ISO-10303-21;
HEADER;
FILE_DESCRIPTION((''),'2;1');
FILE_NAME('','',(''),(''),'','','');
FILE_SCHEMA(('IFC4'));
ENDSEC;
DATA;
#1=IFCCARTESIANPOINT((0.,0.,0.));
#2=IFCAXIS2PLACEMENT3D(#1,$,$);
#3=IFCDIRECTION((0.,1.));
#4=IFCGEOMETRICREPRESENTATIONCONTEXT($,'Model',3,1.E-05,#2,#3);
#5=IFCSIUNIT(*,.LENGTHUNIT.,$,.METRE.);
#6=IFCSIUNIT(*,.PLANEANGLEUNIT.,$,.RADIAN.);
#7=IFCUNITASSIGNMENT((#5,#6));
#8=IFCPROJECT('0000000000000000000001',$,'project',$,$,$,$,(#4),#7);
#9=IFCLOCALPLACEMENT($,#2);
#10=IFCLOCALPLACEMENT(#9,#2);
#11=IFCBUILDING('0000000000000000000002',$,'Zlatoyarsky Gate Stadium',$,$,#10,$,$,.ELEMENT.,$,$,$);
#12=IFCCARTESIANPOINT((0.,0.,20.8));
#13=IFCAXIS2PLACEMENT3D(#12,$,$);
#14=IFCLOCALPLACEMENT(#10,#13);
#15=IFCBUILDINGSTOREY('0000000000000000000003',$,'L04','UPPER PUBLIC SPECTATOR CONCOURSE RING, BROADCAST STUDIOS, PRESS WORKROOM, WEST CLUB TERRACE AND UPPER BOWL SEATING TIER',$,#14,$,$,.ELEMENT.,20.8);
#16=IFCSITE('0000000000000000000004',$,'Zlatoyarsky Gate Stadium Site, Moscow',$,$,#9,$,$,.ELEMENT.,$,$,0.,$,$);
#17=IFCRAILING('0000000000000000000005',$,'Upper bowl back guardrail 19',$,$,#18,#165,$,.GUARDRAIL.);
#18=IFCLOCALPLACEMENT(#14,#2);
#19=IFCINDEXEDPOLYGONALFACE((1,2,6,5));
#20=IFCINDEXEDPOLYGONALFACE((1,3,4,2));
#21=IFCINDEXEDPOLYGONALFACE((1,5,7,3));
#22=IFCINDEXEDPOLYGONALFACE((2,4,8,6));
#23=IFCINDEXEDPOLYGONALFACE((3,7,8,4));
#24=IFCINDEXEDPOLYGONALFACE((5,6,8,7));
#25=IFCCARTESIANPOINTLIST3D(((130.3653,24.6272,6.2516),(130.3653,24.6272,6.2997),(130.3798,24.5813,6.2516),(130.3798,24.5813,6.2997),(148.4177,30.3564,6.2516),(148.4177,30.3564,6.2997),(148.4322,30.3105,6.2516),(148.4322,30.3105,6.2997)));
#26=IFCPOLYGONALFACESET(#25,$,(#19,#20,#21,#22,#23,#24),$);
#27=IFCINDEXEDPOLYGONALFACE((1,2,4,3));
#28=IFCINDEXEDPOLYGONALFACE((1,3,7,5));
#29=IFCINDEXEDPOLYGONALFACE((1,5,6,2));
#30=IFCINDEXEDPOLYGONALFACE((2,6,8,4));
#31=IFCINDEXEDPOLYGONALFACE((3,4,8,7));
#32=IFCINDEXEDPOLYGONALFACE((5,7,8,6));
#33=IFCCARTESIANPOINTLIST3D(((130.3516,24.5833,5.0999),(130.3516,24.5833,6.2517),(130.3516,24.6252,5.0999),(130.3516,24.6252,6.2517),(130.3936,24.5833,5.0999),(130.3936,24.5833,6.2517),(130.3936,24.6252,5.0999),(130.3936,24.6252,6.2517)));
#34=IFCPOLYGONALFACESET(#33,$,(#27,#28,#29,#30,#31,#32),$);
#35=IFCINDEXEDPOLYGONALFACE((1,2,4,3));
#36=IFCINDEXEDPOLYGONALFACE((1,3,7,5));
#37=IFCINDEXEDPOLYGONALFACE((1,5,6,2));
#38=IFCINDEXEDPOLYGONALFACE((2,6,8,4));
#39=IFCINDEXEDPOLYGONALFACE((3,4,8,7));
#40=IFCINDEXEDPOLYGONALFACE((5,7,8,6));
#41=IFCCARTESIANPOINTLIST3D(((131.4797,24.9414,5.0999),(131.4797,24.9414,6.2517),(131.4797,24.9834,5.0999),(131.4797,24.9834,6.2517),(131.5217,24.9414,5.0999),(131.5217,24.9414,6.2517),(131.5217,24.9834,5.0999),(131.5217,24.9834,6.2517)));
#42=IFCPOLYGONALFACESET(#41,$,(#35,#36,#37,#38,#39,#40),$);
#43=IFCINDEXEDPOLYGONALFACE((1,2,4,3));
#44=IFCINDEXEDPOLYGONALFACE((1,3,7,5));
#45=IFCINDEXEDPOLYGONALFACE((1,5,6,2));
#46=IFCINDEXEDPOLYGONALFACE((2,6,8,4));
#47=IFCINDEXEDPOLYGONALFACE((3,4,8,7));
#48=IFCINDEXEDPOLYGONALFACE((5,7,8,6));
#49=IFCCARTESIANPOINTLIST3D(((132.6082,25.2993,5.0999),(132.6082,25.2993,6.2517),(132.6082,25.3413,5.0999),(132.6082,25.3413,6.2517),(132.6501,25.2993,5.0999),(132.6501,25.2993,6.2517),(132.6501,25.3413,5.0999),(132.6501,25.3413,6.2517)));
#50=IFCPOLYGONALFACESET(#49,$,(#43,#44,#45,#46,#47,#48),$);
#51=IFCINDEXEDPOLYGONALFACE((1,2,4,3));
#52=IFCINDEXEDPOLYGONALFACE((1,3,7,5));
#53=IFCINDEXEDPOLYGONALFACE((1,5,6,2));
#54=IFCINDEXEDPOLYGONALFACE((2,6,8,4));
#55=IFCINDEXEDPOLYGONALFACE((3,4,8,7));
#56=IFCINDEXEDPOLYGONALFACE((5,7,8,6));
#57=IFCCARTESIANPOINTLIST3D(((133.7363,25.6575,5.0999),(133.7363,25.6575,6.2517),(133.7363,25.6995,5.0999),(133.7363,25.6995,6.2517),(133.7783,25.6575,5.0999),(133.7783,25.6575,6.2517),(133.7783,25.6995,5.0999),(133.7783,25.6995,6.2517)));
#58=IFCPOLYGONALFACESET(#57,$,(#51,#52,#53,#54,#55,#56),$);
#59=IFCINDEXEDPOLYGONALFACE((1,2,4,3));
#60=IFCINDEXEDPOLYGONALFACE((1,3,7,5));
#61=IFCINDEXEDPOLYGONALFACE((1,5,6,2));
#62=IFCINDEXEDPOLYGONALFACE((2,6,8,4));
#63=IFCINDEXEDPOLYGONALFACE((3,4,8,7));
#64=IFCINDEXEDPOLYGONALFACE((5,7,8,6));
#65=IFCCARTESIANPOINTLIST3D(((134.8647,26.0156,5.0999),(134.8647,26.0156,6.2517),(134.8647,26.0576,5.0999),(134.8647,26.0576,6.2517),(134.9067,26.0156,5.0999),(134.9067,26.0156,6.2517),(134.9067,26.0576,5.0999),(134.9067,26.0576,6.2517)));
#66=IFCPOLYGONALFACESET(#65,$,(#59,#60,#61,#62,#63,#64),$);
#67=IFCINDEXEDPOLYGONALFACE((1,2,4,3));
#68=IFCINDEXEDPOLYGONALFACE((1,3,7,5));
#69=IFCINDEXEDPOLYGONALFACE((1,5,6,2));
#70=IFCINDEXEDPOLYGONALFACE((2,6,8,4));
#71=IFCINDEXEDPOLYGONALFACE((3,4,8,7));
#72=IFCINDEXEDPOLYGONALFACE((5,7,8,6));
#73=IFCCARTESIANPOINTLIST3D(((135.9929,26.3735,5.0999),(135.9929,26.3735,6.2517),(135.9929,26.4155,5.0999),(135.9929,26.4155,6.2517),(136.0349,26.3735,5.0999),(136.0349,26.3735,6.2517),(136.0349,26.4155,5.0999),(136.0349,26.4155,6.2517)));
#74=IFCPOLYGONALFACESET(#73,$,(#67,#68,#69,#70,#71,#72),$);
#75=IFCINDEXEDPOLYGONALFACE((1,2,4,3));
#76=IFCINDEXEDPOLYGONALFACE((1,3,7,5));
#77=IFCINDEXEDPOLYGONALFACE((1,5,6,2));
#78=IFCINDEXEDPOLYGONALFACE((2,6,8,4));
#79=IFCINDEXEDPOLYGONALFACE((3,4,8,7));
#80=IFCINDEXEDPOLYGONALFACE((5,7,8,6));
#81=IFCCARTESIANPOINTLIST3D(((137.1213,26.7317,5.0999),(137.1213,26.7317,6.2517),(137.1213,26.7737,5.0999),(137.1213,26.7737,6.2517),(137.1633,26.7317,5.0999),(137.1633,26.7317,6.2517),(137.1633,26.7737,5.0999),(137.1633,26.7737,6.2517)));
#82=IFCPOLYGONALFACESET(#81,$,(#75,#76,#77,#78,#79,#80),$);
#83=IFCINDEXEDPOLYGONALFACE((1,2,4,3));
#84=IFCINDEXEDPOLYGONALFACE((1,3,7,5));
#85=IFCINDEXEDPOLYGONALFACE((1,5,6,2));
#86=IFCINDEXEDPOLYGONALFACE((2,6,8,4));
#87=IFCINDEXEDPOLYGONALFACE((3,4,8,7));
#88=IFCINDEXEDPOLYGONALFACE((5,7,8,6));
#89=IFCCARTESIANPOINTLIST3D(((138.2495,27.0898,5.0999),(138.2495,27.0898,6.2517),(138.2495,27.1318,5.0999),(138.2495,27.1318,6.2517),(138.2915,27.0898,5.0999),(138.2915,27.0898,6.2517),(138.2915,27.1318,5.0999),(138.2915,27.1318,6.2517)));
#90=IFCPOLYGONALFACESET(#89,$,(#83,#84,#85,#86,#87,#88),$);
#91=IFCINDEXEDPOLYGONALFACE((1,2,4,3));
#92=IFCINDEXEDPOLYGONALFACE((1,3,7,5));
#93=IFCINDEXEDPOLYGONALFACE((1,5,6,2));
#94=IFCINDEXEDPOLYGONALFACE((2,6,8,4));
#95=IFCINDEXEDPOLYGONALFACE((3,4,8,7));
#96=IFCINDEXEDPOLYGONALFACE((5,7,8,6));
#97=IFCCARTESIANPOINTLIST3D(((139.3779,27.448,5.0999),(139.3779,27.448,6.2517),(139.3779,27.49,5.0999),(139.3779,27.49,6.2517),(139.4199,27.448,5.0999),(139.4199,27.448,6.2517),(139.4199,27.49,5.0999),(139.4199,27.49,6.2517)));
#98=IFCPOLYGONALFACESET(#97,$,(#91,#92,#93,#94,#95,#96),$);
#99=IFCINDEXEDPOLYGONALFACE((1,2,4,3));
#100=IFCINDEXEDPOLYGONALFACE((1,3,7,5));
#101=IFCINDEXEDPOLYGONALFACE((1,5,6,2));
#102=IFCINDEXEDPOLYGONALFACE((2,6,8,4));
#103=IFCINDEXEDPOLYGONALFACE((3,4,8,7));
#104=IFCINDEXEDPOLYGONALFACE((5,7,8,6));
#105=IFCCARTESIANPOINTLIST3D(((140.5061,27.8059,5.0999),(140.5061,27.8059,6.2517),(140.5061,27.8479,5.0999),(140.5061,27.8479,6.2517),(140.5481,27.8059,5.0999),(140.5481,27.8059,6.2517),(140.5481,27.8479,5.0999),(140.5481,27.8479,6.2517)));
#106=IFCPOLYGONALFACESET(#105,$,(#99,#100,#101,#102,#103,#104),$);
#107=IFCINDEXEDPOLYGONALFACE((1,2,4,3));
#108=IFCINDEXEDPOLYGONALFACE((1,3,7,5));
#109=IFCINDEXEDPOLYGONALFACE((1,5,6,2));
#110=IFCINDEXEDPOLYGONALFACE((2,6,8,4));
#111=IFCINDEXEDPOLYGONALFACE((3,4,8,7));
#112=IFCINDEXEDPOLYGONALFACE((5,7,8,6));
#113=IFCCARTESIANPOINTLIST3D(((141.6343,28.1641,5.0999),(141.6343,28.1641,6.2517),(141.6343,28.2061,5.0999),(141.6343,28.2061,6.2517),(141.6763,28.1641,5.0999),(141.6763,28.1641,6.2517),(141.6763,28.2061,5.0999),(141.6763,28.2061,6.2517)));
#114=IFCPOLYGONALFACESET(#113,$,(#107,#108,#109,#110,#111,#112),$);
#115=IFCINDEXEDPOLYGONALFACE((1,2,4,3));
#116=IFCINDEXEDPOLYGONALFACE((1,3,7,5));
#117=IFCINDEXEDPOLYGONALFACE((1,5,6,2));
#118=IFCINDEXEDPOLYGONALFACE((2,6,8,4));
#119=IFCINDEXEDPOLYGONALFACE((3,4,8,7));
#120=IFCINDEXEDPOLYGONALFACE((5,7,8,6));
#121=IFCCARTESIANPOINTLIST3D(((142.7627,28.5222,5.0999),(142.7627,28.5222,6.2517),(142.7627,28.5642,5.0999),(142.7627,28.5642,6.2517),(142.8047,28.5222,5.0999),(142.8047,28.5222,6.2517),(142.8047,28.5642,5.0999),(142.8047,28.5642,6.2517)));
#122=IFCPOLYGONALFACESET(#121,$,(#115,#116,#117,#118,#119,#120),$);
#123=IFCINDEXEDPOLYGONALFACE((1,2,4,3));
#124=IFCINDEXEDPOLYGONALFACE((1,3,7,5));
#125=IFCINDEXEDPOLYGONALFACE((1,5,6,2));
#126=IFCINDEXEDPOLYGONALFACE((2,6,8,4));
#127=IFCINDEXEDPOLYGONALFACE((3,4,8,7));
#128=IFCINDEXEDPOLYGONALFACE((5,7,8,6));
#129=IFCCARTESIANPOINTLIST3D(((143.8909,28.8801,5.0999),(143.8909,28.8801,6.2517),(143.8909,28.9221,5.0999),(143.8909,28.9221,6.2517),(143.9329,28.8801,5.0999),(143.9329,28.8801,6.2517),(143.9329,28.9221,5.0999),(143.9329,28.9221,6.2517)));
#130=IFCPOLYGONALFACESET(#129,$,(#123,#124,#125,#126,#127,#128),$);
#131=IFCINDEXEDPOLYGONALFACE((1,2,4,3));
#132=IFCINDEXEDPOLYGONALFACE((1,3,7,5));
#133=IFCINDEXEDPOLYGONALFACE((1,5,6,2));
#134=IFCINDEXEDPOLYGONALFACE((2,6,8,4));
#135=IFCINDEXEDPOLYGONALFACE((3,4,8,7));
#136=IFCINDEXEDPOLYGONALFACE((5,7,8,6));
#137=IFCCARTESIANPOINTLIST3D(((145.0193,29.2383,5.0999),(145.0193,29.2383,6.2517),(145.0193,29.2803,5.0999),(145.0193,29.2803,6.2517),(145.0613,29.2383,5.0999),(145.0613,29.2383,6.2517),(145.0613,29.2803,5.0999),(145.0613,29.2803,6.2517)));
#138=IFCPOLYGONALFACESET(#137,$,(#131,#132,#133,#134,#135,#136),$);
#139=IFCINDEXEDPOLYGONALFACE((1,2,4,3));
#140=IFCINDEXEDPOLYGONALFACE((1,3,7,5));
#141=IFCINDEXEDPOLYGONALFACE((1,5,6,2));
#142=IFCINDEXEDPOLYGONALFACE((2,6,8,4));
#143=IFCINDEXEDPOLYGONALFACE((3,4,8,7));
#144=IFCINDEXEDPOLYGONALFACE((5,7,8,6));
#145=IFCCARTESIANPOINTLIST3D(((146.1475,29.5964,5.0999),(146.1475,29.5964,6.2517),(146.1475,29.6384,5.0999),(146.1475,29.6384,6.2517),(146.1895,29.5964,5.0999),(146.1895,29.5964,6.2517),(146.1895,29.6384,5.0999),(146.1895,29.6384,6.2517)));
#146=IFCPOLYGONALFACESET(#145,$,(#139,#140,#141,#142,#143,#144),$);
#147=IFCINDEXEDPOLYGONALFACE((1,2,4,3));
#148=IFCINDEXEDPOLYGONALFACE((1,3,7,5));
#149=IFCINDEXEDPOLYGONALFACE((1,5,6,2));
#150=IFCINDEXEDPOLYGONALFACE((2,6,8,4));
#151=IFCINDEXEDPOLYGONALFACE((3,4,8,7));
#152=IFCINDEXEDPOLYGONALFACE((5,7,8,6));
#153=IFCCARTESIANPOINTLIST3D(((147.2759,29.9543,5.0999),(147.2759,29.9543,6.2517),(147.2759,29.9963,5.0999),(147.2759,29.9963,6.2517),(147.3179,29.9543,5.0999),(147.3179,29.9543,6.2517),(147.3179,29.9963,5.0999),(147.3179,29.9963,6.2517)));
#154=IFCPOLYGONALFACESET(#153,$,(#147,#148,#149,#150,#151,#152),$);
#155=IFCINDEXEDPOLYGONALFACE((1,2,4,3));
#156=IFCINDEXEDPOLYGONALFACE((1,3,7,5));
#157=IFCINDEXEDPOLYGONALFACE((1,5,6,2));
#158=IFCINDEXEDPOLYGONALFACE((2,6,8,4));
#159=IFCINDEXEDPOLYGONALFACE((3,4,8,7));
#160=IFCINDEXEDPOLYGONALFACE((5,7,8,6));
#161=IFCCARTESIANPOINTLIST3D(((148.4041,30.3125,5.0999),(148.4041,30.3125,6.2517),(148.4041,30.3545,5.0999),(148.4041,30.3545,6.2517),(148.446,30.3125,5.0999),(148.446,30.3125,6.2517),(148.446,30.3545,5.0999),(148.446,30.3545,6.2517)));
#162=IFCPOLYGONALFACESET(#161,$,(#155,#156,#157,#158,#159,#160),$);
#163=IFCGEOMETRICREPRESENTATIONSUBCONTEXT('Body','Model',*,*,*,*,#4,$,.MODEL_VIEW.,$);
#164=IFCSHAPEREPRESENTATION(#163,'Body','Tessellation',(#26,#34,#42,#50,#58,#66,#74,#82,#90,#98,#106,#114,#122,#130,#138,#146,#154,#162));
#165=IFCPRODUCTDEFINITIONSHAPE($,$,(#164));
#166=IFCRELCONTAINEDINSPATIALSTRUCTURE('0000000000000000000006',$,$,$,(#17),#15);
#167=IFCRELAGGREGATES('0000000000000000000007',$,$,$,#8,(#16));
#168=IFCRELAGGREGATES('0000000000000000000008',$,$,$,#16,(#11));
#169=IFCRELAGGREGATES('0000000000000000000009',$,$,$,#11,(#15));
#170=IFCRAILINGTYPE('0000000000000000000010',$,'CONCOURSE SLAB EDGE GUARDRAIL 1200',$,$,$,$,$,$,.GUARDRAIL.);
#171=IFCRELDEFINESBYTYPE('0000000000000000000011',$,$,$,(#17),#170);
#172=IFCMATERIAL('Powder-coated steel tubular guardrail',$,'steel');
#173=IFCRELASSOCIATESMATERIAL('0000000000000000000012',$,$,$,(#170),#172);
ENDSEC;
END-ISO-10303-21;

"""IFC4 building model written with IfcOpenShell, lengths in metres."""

from ifc_helpers import new_model, si_unit, direction, frame, origin, origin_2d, place, context, subcontext, project, spatial, rectangle, extrude, material, type_object, element, save


model = new_model("IFC4")

# Units and contexts
model_context = context("Model", 3, precision=1e-05, world=origin(), true_north=direction((0.0, 1.0)))
body_context = subcontext(model_context, "Body", "Model", "MODEL_VIEW")
ifc_project = project(units=[si_unit("LENGTHUNIT", "METRE"), si_unit("PLANEANGLEUNIT", "RADIAN")], contexts=[model_context])

# Site, building, storey
site_placement = place(None, origin())
site = spatial("IfcSite", under=ifc_project, at=site_placement, Name="Zlatoyarsky Gate Stadium Site, Moscow", CompositionType="ELEMENT", RefElevation=0.0)
building_placement = place(site_placement, origin())
building = spatial("IfcBuilding", under=site, at=building_placement, Name="Zlatoyarsky Gate Stadium", CompositionType="ELEMENT")
storey_placement = place(building_placement, frame((0.0, 0.0, 20.8)))
storey = spatial("IfcBuildingStorey", under=building, at=storey_placement, Name="L04", Description="UPPER PUBLIC SPECTATOR CONCOURSE RING, BROADCAST STUDIOS, PRESS WORKROOM, WEST CLUB TERRACE AND UPPER BOWL SEATING TIER", CompositionType="ELEMENT", Elevation=20.8)

# Railing
ifc_material_1 = material(Name="Powder-coated steel tubular guardrail", Category="steel")
railing_type_1 = type_object("IfcRailingType", Name="CONCOURSE SLAB EDGE GUARDRAIL 1200", PredefinedType="GUARDRAIL", material=ifc_material_1)
railing_1_placement = place(storey_placement, frame((130.3726, 24.6042, 5.0999)))
element("IfcRailing", 1, at=railing_1_placement, inside=storey, type_object=railing_type_1, Name="Upper bowl back guardrail 19", PredefinedType="GUARDRAIL", context=body_context, shape_type="SweptSolid", body=[
    extrude(rectangle(XDim=0.0481, YDim=0.0481, at=origin_2d()), frame((0.0, 0.0, 1.1758), z_axis=(0.95315, 0.302498, 0.0), x_axis=(-0.302498, 0.95315, 0.0)), (0.0, 0.0, 1.0), 18.9397),
    extrude(rectangle(XDim=0.042, YDim=0.042, at=origin_2d()), origin(), (0.0, 0.0, 1.0), 1.1519),
    extrude(rectangle(XDim=0.042, YDim=0.042, at=origin_2d()), frame((1.1282, 0.3582, 0.0)), (0.0, 0.0, 1.0), 1.1519),
    extrude(rectangle(XDim=0.042, YDim=0.042, at=origin_2d()), frame((2.2566, 0.7161, 0.0)), (0.0, 0.0, 1.0), 1.1519),
    extrude(rectangle(XDim=0.042, YDim=0.042, at=origin_2d()), frame((3.3848, 1.0742, 0.0)), (0.0, 0.0, 1.0), 1.1519),
    extrude(rectangle(XDim=0.042, YDim=0.042, at=origin_2d()), frame((4.5132, 1.4324, 0.0)), (0.0, 0.0, 1.0), 1.1519),
    extrude(rectangle(XDim=0.042, YDim=0.042, at=origin_2d()), frame((5.6414, 1.7903, 0.0)), (0.0, 0.0, 1.0), 1.1519),
    extrude(rectangle(XDim=0.042, YDim=0.042, at=origin_2d()), frame((6.7698, 2.1484, 0.0)), (0.0, 0.0, 1.0), 1.1519),
    extrude(rectangle(XDim=0.042, YDim=0.042, at=origin_2d()), frame((7.8979, 2.5066, 0.0)), (0.0, 0.0, 1.0), 1.1519),
    extrude(rectangle(XDim=0.042, YDim=0.042, at=origin_2d()), frame((9.0264, 2.8647, 0.0)), (0.0, 0.0, 1.0), 1.1519),
    extrude(rectangle(XDim=0.042, YDim=0.042, at=origin_2d()), frame((10.1545, 3.2227, 0.0)), (0.0, 0.0, 1.0), 1.1519),
    extrude(rectangle(XDim=0.042, YDim=0.042, at=origin_2d()), frame((11.2827, 3.5808, 0.0)), (0.0, 0.0, 1.0), 1.1519),
    extrude(rectangle(XDim=0.042, YDim=0.042, at=origin_2d()), frame((12.4111, 3.939, 0.0)), (0.0, 0.0, 1.0), 1.1519),
    extrude(rectangle(XDim=0.042, YDim=0.042, at=origin_2d()), frame((13.5393, 4.2969, 0.0)), (0.0, 0.0, 1.0), 1.1519),
    extrude(rectangle(XDim=0.042, YDim=0.042, at=origin_2d()), frame((14.6677, 4.655, 0.0)), (0.0, 0.0, 1.0), 1.1519),
    extrude(rectangle(XDim=0.042, YDim=0.042, at=origin_2d()), frame((15.7959, 5.0132, 0.0)), (0.0, 0.0, 1.0), 1.1519),
    extrude(rectangle(XDim=0.042, YDim=0.042, at=origin_2d()), frame((16.9243, 5.3711, 0.0)), (0.0, 0.0, 1.0), 1.1519),
    extrude(rectangle(XDim=0.042, YDim=0.042, at=origin_2d()), frame((18.0525, 5.7292, 0.0)), (0.0, 0.0, 1.0), 1.1519),
])

save(model, "model.ifc")
